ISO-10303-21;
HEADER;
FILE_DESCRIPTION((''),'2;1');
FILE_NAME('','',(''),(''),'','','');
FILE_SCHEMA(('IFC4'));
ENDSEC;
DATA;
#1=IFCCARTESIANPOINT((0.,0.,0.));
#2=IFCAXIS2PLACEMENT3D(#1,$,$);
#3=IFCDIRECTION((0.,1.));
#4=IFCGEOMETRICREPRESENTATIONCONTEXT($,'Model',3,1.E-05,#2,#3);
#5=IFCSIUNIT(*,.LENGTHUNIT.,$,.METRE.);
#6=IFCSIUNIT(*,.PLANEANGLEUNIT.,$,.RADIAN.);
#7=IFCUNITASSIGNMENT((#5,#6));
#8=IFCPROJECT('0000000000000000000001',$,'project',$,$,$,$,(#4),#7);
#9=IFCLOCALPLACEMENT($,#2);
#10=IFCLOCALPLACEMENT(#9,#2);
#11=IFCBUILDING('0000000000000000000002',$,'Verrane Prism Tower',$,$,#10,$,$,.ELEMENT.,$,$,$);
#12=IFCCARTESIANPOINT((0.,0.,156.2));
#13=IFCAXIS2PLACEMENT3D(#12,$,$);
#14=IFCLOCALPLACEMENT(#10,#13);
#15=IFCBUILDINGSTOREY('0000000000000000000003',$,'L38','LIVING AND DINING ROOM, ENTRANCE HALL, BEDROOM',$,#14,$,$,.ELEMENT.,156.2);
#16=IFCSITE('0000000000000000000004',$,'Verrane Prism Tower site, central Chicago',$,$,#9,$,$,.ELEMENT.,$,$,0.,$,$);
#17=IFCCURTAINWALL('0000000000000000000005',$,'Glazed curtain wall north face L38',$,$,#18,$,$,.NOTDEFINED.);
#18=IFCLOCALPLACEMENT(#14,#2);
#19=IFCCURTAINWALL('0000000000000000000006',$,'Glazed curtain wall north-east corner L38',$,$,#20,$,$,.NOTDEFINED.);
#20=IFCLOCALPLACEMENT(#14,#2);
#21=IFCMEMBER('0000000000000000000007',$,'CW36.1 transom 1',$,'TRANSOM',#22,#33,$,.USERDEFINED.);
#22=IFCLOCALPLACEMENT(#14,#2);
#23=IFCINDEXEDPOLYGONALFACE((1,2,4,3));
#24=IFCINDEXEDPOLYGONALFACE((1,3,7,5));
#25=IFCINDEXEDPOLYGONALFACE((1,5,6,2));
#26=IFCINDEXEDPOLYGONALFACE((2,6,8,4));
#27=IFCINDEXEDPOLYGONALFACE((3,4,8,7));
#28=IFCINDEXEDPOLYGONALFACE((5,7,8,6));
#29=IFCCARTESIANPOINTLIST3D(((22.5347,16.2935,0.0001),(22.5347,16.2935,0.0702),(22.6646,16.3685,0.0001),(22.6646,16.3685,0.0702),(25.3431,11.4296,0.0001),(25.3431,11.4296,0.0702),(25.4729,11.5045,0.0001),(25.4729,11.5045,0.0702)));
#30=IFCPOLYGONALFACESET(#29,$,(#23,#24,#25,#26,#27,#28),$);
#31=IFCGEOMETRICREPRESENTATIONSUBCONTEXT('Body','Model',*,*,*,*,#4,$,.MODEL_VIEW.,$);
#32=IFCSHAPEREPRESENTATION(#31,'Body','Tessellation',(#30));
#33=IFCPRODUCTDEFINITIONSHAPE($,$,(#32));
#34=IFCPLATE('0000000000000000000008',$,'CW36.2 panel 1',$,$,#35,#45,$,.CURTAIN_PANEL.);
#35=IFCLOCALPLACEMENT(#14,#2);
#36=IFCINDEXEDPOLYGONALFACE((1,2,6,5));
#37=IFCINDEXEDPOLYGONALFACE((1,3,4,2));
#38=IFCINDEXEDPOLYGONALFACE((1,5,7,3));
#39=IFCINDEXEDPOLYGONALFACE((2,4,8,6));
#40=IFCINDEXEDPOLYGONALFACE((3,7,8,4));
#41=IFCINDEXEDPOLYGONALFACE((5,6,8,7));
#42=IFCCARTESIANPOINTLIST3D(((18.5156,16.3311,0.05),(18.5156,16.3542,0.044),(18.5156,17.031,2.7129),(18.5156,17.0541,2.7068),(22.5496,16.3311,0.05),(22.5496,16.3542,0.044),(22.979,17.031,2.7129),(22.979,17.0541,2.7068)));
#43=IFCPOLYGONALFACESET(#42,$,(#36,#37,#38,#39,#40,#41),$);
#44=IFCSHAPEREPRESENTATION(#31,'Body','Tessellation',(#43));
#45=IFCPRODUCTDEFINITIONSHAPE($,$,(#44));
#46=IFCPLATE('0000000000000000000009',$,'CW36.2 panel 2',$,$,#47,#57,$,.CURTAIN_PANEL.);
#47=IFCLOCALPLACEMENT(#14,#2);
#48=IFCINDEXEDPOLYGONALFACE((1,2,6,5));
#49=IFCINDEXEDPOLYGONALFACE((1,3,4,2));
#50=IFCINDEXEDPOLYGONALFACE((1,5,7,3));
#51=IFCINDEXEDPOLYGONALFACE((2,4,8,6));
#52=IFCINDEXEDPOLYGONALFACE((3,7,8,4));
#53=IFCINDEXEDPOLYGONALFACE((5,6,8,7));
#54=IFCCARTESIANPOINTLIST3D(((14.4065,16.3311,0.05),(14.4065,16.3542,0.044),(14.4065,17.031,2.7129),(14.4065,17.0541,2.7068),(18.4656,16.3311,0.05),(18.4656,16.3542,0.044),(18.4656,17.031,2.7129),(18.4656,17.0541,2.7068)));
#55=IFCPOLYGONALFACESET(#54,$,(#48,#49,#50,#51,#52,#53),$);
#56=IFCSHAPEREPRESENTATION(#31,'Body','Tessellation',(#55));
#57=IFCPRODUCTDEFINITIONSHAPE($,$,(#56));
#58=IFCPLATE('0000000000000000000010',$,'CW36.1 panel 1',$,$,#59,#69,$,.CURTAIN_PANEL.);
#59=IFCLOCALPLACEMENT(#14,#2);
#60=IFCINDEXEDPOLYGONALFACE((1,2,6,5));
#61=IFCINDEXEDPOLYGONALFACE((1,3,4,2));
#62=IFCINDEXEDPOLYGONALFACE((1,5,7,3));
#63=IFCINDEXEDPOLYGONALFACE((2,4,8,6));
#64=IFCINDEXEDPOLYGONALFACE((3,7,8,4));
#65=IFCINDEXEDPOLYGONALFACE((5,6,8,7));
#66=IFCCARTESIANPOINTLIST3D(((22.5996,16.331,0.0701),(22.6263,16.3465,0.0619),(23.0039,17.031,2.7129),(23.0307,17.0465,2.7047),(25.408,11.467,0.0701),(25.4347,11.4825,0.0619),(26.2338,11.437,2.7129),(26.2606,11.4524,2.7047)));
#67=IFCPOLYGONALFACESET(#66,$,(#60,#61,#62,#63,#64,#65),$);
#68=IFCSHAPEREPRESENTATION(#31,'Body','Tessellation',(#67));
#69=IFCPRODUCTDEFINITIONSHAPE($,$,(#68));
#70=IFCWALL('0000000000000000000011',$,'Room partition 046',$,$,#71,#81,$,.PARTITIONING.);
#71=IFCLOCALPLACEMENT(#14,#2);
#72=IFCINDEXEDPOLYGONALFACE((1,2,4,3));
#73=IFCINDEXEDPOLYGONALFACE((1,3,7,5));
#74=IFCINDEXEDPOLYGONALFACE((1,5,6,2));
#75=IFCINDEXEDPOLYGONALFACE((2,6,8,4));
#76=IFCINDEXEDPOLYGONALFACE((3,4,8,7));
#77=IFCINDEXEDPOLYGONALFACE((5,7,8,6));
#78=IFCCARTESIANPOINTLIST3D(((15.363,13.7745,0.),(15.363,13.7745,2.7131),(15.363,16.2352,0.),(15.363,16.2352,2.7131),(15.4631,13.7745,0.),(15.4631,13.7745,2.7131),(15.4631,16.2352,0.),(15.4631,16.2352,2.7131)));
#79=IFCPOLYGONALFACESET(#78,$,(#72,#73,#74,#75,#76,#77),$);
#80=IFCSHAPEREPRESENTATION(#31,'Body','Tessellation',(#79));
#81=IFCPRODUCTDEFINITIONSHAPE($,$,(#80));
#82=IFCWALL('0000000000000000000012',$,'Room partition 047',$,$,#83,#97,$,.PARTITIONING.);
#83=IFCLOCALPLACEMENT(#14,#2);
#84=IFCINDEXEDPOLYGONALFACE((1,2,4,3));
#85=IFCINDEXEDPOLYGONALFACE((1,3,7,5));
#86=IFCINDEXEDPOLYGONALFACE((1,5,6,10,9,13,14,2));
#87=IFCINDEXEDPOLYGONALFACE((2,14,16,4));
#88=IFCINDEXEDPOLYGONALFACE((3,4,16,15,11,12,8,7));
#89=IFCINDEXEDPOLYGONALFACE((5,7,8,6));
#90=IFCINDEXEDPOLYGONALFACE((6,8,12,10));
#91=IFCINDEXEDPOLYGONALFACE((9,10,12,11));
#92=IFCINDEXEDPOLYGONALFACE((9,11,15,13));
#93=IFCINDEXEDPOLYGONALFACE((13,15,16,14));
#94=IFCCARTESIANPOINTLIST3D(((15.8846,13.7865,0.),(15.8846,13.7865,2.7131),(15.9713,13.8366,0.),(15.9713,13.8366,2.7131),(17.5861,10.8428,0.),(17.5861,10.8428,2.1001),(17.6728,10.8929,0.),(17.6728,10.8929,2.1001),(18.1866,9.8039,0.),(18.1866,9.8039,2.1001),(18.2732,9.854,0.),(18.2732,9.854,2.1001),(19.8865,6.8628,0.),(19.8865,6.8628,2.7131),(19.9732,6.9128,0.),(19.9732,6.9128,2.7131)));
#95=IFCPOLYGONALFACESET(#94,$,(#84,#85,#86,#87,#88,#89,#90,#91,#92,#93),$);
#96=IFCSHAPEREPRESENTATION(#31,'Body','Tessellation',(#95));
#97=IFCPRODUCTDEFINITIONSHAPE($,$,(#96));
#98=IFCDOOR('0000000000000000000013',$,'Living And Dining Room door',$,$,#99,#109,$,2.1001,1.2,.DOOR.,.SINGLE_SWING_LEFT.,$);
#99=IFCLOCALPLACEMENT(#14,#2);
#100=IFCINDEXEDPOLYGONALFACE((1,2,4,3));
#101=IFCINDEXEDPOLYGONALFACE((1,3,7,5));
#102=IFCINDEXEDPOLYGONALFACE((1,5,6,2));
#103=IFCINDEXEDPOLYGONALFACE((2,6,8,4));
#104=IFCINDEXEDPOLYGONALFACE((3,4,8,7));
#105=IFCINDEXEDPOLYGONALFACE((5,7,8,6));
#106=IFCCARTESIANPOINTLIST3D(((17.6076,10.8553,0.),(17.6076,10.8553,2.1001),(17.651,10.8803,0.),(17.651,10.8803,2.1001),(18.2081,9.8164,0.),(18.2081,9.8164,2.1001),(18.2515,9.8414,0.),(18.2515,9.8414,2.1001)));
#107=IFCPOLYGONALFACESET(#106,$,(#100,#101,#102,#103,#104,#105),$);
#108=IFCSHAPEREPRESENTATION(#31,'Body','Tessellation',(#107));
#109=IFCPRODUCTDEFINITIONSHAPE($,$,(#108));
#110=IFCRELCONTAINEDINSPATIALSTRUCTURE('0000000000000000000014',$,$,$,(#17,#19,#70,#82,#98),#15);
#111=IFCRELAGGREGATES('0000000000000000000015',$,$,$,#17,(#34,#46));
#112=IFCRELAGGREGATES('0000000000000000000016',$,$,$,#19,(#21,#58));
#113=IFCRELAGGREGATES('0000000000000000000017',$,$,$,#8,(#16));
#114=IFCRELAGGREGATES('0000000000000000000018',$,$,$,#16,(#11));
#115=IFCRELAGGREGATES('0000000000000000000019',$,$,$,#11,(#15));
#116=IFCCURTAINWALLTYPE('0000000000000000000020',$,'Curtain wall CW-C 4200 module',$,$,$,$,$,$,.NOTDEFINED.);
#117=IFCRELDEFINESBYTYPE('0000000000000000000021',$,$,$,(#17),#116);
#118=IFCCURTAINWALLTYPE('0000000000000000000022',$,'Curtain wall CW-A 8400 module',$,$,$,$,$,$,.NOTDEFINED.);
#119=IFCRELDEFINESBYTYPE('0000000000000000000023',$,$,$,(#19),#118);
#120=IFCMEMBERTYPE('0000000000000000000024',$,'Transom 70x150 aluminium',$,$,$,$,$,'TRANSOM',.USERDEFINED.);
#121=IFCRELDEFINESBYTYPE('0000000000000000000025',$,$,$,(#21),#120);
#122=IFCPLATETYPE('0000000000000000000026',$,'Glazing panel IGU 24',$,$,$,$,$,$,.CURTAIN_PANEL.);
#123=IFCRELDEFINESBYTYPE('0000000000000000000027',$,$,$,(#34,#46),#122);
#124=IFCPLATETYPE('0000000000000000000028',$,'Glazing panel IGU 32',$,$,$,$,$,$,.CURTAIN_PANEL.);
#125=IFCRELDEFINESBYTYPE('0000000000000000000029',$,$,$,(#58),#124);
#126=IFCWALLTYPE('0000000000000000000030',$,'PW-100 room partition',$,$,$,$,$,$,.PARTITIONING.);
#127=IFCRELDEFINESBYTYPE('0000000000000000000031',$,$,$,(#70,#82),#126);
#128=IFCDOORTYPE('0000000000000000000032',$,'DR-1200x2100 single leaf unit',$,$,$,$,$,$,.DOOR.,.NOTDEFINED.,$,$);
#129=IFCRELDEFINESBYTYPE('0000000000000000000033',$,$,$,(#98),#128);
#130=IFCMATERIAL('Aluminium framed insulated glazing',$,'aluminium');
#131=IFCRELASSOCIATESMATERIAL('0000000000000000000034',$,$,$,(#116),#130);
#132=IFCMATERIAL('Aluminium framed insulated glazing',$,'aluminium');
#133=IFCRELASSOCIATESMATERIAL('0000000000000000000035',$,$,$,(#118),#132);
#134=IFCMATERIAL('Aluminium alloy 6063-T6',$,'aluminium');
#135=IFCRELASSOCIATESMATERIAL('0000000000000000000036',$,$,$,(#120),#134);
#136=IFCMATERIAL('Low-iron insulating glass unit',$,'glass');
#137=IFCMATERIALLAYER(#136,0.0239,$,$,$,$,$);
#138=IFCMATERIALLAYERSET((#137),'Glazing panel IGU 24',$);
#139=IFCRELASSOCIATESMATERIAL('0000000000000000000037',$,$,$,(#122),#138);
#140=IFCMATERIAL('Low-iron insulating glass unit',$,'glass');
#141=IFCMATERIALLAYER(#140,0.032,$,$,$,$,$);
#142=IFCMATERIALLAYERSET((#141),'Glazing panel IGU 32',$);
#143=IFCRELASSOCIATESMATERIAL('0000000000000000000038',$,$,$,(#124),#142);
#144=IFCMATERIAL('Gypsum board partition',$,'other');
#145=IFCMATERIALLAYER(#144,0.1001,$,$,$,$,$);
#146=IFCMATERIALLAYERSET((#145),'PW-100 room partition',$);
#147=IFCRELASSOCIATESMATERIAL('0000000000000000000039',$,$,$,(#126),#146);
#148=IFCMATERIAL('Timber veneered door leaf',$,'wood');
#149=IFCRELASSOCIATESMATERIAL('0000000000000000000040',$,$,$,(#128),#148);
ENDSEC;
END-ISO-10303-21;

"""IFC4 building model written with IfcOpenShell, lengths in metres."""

from ifc_helpers import new_model, si_unit, direction, frame, frame_2d, origin, origin_2d, place, context, subcontext, project, spatial, polyline, rectangle, outline, extrude, material, layer, layer_set, material_profile, profile_set, type_object, element, fill, aggregate, save


model = new_model("IFC4")

# Units and contexts
model_context = context("Model", 3, precision=1e-05, world=origin(), true_north=direction((0.0, 1.0)))
body_context = subcontext(model_context, "Body", "Model", "MODEL_VIEW")
ifc_project = project(units=[si_unit("LENGTHUNIT", "METRE"), si_unit("PLANEANGLEUNIT", "RADIAN")], contexts=[model_context])

# Site, building, storey
site_placement = place(None, origin())
site = spatial("IfcSite", under=ifc_project, at=site_placement, Name="Verrane Prism Tower site, central Chicago", CompositionType="ELEMENT", RefElevation=0.0)
building_placement = place(site_placement, origin())
building = spatial("IfcBuilding", under=site, at=building_placement, Name="Verrane Prism Tower", CompositionType="ELEMENT")
storey_placement = place(building_placement, frame((0.0, 0.0, 156.2)))
storey = spatial("IfcBuildingStorey", under=building, at=storey_placement, Name="L38", Description="LIVING AND DINING ROOM, ENTRANCE HALL, BEDROOM", CompositionType="ELEMENT", Elevation=156.2)

# Curtain wall
ifc_material_1 = material(Name="Aluminium framed insulated glazing", Category="aluminium")
curtain_wall_type_1 = type_object("IfcCurtainWallType", Name="Curtain wall CW-C 4200 module", PredefinedType="NOTDEFINED", material=ifc_material_1)
curtain_wall_1_placement = place(storey_placement, origin())
curtain_wall_1 = element("IfcCurtainWall", 1, at=curtain_wall_1_placement, inside=storey, type_object=curtain_wall_type_1, Name="Glazed curtain wall north face L38", PredefinedType="NOTDEFINED")

# Curtain wall
ifc_material_2 = material(Name="Aluminium framed insulated glazing", Category="aluminium")
curtain_wall_type_2 = type_object("IfcCurtainWallType", Name="Curtain wall CW-A 8400 module", PredefinedType="NOTDEFINED", material=ifc_material_2)
curtain_wall_2_placement = place(storey_placement, origin())
curtain_wall_2 = element("IfcCurtainWall", 2, at=curtain_wall_2_placement, inside=storey, type_object=curtain_wall_type_2, Name="Glazed curtain wall north-east corner L38", PredefinedType="NOTDEFINED")

# Member
ifc_material_3 = material(Name="Aluminium alloy 6063-T6", Category="aluminium")
ifc_material_profile_1 = material_profile(ifc_material_3, rectangle(XDim=0.1499, YDim=0.0701, at=origin_2d()), Name="Transom 70x150 aluminium")
ifc_profile_set_1 = profile_set([ifc_material_profile_1], Name="Aluminium alloy 6063-T6")
member_type_1 = type_object("IfcMemberType", Name="Transom 70x150 aluminium", ElementType="TRANSOM", PredefinedType="USERDEFINED", material=ifc_profile_set_1)
member_1_placement = place(storey_placement, frame((25.408, 11.467, 0.0352), z_axis=(-0.500015, 0.866017, 0.0), x_axis=(-0.866017, -0.500015, 0.0)))
member_1 = element("IfcMember", 3, at=member_1_placement, type_object=member_type_1, Name="CW36.1 transom 1", ObjectType="TRANSOM", PredefinedType="USERDEFINED", context=body_context, shape_type="SweptSolid", body=[
    extrude(rectangle(XDim=0.1499, YDim=0.0701, at=origin_2d()), origin(), (0.0, 0.0, 1.0), 5.6165),
])

# Plates
ifc_material_4 = material(Name="Low-iron insulating glass unit", Category="glass")
ifc_layer_1 = layer(ifc_material_4, 0.0239)
ifc_layer_set_1 = layer_set([ifc_layer_1], Name="Glazing panel IGU 24")
plate_type_1 = type_object("IfcPlateType", Name="Glazing panel IGU 24", PredefinedType="CURTAIN_PANEL", material=ifc_layer_set_1)
plate_1_placement = place(storey_placement, frame((22.5496, 16.3311, 0.05), z_axis=(0.0, -0.967146, 0.254223), x_axis=(-1.0, 0.0, 0.0)))
plate_1 = element("IfcPlate", 4, at=plate_1_placement, type_object=plate_type_1, Name="CW36.2 panel 1", PredefinedType="CURTAIN_PANEL", context=body_context, shape_type="SweptSolid", body=[
    extrude(outline(polyline([(0.0, 0.0), (4.0339, 0.0), (4.0339, -2.7533), (-0.4294, -2.7533), (0.0, 0.0)])), origin(), (0.0, 0.0, -1.0), 0.0239),
])
plate_2_placement = place(storey_placement, frame((18.4656, 16.3311, 0.05), z_axis=(0.0, -0.967146, 0.254223), x_axis=(-1.0, 0.0, 0.0)))
plate_2 = element("IfcPlate", 5, at=plate_2_placement, type_object=plate_type_1, Name="CW36.2 panel 2", PredefinedType="CURTAIN_PANEL", context=body_context, shape_type="SweptSolid", body=[
    extrude(outline(polyline([(0.0, 0.0), (4.0591, 0.0), (4.0591, -2.7533), (0.0, -2.7533), (0.0, 0.0)])), origin(), (0.0, 0.0, -1.0), 0.0239),
])
aggregate(curtain_wall_1, [plate_1, plate_2])
ifc_material_5 = material(Name="Low-iron insulating glass unit", Category="glass")
ifc_layer_2 = layer(ifc_material_5, 0.032)
ifc_layer_set_2 = layer_set([ifc_layer_2], Name="Glazing panel IGU 32")
plate_type_2 = type_object("IfcPlateType", Name="Glazing panel IGU 32", PredefinedType="CURTAIN_PANEL", material=ifc_layer_set_2)
plate_3_placement = place(storey_placement, frame((25.408, 11.467, 0.0701), z_axis=(-0.83713, -0.483349, 0.256102), x_axis=(-0.500024, 0.866012, 0.000003)))
plate_3 = element("IfcPlate", 6, at=plate_3_placement, type_object=plate_type_2, Name="CW36.1 panel 1", PredefinedType="CURTAIN_PANEL", context=body_context, shape_type="SweptSolid", body=[
    extrude(outline(polyline([(0.0, 0.0), (5.6165, 0.0), (6.0205, -2.734), (-0.439, -2.734), (0.0, 0.0)])), origin(), (0.0, 0.0, -1.0), 0.032),
])
aggregate(curtain_wall_2, [member_1, plate_3])

# Wall
ifc_material_6 = material(Name="Gypsum board partition", Category="other")
ifc_layer_3 = layer(ifc_material_6, 0.1001)
ifc_layer_set_3 = layer_set([ifc_layer_3], Name="PW-100 room partition")
wall_type = type_object("IfcWallType", Name="PW-100 room partition", PredefinedType="PARTITIONING", material=ifc_layer_set_3)
wall_1_placement = place(storey_placement, frame((15.4131, 13.7744, 0.0), z_axis=(0.0, 0.0, 1.0), x_axis=(0.0, 1.0, 0.0)))
element("IfcWall", 7, at=wall_1_placement, inside=storey, type_object=wall_type, Name="Room partition 046", PredefinedType="PARTITIONING", context=body_context, shape_type="SweptSolid", body=[
    extrude(rectangle(XDim=2.4607, YDim=0.1001, at=frame_2d((1.2305, 0.0))), origin(), (0.0, 0.0, 1.0), 2.7131),
])

# Wall, opening, door
wall_2_placement = place(storey_placement, frame((15.928, 13.8115, 0.0), z_axis=(0.0, 0.0, 1.0), x_axis=(0.50042, -0.865783, 0.0)))
wall_2 = element("IfcWall", 8, at=wall_2_placement, inside=storey, type_object=wall_type, Name="Room partition 047", PredefinedType="PARTITIONING", context=body_context, shape_type="SweptSolid", body=[
    extrude(rectangle(XDim=7.9971, YDim=0.1001, at=frame_2d((3.9985, 0.0))), origin(), (0.0, 0.0, 1.0), 2.7131),
])
opening_placement = place(wall_2_placement, frame((3.3999, 0.0, 0.0)))
opening = element("IfcOpeningElement", 9, at=opening_placement, cuts=wall_2, PredefinedType="OPENING", context=body_context, shape_type="SweptSolid", body=[
    extrude(rectangle(XDim=1.2, YDim=2.1001, at=frame_2d((0.6001, 1.05))), frame((0.0, 0.0601, 0.0), z_axis=(0.0, -1.0, 0.0), x_axis=(1.0, 0.0, 0.0)), (0.0, 0.0, 1.0), 0.1201),
])
ifc_material_7 = material(Name="Timber veneered door leaf", Category="wood")
door_type = type_object("IfcDoorType", Name="DR-1200x2100 single leaf unit", OperationType="NOTDEFINED", PredefinedType="DOOR", material=ifc_material_7)
door_placement = place(opening_placement, origin())
door = element("IfcDoor", 10, at=door_placement, inside=storey, type_object=door_type, Name="Living And Dining Room door", OperationType="SINGLE_SWING_LEFT", OverallHeight=2.1001, OverallWidth=1.2, PredefinedType="DOOR", context=body_context, shape_type="SweptSolid", body=[
    extrude(rectangle(XDim=1.2, YDim=2.1001, at=frame_2d((0.6001, 1.05))), frame((0.0, 0.0249, 0.0), z_axis=(0.0, -1.0, 0.0), x_axis=(1.0, 0.0, 0.0)), (0.0, 0.0, 1.0), 0.05),
])
fill(opening, door)

save(model, "model.ifc")
